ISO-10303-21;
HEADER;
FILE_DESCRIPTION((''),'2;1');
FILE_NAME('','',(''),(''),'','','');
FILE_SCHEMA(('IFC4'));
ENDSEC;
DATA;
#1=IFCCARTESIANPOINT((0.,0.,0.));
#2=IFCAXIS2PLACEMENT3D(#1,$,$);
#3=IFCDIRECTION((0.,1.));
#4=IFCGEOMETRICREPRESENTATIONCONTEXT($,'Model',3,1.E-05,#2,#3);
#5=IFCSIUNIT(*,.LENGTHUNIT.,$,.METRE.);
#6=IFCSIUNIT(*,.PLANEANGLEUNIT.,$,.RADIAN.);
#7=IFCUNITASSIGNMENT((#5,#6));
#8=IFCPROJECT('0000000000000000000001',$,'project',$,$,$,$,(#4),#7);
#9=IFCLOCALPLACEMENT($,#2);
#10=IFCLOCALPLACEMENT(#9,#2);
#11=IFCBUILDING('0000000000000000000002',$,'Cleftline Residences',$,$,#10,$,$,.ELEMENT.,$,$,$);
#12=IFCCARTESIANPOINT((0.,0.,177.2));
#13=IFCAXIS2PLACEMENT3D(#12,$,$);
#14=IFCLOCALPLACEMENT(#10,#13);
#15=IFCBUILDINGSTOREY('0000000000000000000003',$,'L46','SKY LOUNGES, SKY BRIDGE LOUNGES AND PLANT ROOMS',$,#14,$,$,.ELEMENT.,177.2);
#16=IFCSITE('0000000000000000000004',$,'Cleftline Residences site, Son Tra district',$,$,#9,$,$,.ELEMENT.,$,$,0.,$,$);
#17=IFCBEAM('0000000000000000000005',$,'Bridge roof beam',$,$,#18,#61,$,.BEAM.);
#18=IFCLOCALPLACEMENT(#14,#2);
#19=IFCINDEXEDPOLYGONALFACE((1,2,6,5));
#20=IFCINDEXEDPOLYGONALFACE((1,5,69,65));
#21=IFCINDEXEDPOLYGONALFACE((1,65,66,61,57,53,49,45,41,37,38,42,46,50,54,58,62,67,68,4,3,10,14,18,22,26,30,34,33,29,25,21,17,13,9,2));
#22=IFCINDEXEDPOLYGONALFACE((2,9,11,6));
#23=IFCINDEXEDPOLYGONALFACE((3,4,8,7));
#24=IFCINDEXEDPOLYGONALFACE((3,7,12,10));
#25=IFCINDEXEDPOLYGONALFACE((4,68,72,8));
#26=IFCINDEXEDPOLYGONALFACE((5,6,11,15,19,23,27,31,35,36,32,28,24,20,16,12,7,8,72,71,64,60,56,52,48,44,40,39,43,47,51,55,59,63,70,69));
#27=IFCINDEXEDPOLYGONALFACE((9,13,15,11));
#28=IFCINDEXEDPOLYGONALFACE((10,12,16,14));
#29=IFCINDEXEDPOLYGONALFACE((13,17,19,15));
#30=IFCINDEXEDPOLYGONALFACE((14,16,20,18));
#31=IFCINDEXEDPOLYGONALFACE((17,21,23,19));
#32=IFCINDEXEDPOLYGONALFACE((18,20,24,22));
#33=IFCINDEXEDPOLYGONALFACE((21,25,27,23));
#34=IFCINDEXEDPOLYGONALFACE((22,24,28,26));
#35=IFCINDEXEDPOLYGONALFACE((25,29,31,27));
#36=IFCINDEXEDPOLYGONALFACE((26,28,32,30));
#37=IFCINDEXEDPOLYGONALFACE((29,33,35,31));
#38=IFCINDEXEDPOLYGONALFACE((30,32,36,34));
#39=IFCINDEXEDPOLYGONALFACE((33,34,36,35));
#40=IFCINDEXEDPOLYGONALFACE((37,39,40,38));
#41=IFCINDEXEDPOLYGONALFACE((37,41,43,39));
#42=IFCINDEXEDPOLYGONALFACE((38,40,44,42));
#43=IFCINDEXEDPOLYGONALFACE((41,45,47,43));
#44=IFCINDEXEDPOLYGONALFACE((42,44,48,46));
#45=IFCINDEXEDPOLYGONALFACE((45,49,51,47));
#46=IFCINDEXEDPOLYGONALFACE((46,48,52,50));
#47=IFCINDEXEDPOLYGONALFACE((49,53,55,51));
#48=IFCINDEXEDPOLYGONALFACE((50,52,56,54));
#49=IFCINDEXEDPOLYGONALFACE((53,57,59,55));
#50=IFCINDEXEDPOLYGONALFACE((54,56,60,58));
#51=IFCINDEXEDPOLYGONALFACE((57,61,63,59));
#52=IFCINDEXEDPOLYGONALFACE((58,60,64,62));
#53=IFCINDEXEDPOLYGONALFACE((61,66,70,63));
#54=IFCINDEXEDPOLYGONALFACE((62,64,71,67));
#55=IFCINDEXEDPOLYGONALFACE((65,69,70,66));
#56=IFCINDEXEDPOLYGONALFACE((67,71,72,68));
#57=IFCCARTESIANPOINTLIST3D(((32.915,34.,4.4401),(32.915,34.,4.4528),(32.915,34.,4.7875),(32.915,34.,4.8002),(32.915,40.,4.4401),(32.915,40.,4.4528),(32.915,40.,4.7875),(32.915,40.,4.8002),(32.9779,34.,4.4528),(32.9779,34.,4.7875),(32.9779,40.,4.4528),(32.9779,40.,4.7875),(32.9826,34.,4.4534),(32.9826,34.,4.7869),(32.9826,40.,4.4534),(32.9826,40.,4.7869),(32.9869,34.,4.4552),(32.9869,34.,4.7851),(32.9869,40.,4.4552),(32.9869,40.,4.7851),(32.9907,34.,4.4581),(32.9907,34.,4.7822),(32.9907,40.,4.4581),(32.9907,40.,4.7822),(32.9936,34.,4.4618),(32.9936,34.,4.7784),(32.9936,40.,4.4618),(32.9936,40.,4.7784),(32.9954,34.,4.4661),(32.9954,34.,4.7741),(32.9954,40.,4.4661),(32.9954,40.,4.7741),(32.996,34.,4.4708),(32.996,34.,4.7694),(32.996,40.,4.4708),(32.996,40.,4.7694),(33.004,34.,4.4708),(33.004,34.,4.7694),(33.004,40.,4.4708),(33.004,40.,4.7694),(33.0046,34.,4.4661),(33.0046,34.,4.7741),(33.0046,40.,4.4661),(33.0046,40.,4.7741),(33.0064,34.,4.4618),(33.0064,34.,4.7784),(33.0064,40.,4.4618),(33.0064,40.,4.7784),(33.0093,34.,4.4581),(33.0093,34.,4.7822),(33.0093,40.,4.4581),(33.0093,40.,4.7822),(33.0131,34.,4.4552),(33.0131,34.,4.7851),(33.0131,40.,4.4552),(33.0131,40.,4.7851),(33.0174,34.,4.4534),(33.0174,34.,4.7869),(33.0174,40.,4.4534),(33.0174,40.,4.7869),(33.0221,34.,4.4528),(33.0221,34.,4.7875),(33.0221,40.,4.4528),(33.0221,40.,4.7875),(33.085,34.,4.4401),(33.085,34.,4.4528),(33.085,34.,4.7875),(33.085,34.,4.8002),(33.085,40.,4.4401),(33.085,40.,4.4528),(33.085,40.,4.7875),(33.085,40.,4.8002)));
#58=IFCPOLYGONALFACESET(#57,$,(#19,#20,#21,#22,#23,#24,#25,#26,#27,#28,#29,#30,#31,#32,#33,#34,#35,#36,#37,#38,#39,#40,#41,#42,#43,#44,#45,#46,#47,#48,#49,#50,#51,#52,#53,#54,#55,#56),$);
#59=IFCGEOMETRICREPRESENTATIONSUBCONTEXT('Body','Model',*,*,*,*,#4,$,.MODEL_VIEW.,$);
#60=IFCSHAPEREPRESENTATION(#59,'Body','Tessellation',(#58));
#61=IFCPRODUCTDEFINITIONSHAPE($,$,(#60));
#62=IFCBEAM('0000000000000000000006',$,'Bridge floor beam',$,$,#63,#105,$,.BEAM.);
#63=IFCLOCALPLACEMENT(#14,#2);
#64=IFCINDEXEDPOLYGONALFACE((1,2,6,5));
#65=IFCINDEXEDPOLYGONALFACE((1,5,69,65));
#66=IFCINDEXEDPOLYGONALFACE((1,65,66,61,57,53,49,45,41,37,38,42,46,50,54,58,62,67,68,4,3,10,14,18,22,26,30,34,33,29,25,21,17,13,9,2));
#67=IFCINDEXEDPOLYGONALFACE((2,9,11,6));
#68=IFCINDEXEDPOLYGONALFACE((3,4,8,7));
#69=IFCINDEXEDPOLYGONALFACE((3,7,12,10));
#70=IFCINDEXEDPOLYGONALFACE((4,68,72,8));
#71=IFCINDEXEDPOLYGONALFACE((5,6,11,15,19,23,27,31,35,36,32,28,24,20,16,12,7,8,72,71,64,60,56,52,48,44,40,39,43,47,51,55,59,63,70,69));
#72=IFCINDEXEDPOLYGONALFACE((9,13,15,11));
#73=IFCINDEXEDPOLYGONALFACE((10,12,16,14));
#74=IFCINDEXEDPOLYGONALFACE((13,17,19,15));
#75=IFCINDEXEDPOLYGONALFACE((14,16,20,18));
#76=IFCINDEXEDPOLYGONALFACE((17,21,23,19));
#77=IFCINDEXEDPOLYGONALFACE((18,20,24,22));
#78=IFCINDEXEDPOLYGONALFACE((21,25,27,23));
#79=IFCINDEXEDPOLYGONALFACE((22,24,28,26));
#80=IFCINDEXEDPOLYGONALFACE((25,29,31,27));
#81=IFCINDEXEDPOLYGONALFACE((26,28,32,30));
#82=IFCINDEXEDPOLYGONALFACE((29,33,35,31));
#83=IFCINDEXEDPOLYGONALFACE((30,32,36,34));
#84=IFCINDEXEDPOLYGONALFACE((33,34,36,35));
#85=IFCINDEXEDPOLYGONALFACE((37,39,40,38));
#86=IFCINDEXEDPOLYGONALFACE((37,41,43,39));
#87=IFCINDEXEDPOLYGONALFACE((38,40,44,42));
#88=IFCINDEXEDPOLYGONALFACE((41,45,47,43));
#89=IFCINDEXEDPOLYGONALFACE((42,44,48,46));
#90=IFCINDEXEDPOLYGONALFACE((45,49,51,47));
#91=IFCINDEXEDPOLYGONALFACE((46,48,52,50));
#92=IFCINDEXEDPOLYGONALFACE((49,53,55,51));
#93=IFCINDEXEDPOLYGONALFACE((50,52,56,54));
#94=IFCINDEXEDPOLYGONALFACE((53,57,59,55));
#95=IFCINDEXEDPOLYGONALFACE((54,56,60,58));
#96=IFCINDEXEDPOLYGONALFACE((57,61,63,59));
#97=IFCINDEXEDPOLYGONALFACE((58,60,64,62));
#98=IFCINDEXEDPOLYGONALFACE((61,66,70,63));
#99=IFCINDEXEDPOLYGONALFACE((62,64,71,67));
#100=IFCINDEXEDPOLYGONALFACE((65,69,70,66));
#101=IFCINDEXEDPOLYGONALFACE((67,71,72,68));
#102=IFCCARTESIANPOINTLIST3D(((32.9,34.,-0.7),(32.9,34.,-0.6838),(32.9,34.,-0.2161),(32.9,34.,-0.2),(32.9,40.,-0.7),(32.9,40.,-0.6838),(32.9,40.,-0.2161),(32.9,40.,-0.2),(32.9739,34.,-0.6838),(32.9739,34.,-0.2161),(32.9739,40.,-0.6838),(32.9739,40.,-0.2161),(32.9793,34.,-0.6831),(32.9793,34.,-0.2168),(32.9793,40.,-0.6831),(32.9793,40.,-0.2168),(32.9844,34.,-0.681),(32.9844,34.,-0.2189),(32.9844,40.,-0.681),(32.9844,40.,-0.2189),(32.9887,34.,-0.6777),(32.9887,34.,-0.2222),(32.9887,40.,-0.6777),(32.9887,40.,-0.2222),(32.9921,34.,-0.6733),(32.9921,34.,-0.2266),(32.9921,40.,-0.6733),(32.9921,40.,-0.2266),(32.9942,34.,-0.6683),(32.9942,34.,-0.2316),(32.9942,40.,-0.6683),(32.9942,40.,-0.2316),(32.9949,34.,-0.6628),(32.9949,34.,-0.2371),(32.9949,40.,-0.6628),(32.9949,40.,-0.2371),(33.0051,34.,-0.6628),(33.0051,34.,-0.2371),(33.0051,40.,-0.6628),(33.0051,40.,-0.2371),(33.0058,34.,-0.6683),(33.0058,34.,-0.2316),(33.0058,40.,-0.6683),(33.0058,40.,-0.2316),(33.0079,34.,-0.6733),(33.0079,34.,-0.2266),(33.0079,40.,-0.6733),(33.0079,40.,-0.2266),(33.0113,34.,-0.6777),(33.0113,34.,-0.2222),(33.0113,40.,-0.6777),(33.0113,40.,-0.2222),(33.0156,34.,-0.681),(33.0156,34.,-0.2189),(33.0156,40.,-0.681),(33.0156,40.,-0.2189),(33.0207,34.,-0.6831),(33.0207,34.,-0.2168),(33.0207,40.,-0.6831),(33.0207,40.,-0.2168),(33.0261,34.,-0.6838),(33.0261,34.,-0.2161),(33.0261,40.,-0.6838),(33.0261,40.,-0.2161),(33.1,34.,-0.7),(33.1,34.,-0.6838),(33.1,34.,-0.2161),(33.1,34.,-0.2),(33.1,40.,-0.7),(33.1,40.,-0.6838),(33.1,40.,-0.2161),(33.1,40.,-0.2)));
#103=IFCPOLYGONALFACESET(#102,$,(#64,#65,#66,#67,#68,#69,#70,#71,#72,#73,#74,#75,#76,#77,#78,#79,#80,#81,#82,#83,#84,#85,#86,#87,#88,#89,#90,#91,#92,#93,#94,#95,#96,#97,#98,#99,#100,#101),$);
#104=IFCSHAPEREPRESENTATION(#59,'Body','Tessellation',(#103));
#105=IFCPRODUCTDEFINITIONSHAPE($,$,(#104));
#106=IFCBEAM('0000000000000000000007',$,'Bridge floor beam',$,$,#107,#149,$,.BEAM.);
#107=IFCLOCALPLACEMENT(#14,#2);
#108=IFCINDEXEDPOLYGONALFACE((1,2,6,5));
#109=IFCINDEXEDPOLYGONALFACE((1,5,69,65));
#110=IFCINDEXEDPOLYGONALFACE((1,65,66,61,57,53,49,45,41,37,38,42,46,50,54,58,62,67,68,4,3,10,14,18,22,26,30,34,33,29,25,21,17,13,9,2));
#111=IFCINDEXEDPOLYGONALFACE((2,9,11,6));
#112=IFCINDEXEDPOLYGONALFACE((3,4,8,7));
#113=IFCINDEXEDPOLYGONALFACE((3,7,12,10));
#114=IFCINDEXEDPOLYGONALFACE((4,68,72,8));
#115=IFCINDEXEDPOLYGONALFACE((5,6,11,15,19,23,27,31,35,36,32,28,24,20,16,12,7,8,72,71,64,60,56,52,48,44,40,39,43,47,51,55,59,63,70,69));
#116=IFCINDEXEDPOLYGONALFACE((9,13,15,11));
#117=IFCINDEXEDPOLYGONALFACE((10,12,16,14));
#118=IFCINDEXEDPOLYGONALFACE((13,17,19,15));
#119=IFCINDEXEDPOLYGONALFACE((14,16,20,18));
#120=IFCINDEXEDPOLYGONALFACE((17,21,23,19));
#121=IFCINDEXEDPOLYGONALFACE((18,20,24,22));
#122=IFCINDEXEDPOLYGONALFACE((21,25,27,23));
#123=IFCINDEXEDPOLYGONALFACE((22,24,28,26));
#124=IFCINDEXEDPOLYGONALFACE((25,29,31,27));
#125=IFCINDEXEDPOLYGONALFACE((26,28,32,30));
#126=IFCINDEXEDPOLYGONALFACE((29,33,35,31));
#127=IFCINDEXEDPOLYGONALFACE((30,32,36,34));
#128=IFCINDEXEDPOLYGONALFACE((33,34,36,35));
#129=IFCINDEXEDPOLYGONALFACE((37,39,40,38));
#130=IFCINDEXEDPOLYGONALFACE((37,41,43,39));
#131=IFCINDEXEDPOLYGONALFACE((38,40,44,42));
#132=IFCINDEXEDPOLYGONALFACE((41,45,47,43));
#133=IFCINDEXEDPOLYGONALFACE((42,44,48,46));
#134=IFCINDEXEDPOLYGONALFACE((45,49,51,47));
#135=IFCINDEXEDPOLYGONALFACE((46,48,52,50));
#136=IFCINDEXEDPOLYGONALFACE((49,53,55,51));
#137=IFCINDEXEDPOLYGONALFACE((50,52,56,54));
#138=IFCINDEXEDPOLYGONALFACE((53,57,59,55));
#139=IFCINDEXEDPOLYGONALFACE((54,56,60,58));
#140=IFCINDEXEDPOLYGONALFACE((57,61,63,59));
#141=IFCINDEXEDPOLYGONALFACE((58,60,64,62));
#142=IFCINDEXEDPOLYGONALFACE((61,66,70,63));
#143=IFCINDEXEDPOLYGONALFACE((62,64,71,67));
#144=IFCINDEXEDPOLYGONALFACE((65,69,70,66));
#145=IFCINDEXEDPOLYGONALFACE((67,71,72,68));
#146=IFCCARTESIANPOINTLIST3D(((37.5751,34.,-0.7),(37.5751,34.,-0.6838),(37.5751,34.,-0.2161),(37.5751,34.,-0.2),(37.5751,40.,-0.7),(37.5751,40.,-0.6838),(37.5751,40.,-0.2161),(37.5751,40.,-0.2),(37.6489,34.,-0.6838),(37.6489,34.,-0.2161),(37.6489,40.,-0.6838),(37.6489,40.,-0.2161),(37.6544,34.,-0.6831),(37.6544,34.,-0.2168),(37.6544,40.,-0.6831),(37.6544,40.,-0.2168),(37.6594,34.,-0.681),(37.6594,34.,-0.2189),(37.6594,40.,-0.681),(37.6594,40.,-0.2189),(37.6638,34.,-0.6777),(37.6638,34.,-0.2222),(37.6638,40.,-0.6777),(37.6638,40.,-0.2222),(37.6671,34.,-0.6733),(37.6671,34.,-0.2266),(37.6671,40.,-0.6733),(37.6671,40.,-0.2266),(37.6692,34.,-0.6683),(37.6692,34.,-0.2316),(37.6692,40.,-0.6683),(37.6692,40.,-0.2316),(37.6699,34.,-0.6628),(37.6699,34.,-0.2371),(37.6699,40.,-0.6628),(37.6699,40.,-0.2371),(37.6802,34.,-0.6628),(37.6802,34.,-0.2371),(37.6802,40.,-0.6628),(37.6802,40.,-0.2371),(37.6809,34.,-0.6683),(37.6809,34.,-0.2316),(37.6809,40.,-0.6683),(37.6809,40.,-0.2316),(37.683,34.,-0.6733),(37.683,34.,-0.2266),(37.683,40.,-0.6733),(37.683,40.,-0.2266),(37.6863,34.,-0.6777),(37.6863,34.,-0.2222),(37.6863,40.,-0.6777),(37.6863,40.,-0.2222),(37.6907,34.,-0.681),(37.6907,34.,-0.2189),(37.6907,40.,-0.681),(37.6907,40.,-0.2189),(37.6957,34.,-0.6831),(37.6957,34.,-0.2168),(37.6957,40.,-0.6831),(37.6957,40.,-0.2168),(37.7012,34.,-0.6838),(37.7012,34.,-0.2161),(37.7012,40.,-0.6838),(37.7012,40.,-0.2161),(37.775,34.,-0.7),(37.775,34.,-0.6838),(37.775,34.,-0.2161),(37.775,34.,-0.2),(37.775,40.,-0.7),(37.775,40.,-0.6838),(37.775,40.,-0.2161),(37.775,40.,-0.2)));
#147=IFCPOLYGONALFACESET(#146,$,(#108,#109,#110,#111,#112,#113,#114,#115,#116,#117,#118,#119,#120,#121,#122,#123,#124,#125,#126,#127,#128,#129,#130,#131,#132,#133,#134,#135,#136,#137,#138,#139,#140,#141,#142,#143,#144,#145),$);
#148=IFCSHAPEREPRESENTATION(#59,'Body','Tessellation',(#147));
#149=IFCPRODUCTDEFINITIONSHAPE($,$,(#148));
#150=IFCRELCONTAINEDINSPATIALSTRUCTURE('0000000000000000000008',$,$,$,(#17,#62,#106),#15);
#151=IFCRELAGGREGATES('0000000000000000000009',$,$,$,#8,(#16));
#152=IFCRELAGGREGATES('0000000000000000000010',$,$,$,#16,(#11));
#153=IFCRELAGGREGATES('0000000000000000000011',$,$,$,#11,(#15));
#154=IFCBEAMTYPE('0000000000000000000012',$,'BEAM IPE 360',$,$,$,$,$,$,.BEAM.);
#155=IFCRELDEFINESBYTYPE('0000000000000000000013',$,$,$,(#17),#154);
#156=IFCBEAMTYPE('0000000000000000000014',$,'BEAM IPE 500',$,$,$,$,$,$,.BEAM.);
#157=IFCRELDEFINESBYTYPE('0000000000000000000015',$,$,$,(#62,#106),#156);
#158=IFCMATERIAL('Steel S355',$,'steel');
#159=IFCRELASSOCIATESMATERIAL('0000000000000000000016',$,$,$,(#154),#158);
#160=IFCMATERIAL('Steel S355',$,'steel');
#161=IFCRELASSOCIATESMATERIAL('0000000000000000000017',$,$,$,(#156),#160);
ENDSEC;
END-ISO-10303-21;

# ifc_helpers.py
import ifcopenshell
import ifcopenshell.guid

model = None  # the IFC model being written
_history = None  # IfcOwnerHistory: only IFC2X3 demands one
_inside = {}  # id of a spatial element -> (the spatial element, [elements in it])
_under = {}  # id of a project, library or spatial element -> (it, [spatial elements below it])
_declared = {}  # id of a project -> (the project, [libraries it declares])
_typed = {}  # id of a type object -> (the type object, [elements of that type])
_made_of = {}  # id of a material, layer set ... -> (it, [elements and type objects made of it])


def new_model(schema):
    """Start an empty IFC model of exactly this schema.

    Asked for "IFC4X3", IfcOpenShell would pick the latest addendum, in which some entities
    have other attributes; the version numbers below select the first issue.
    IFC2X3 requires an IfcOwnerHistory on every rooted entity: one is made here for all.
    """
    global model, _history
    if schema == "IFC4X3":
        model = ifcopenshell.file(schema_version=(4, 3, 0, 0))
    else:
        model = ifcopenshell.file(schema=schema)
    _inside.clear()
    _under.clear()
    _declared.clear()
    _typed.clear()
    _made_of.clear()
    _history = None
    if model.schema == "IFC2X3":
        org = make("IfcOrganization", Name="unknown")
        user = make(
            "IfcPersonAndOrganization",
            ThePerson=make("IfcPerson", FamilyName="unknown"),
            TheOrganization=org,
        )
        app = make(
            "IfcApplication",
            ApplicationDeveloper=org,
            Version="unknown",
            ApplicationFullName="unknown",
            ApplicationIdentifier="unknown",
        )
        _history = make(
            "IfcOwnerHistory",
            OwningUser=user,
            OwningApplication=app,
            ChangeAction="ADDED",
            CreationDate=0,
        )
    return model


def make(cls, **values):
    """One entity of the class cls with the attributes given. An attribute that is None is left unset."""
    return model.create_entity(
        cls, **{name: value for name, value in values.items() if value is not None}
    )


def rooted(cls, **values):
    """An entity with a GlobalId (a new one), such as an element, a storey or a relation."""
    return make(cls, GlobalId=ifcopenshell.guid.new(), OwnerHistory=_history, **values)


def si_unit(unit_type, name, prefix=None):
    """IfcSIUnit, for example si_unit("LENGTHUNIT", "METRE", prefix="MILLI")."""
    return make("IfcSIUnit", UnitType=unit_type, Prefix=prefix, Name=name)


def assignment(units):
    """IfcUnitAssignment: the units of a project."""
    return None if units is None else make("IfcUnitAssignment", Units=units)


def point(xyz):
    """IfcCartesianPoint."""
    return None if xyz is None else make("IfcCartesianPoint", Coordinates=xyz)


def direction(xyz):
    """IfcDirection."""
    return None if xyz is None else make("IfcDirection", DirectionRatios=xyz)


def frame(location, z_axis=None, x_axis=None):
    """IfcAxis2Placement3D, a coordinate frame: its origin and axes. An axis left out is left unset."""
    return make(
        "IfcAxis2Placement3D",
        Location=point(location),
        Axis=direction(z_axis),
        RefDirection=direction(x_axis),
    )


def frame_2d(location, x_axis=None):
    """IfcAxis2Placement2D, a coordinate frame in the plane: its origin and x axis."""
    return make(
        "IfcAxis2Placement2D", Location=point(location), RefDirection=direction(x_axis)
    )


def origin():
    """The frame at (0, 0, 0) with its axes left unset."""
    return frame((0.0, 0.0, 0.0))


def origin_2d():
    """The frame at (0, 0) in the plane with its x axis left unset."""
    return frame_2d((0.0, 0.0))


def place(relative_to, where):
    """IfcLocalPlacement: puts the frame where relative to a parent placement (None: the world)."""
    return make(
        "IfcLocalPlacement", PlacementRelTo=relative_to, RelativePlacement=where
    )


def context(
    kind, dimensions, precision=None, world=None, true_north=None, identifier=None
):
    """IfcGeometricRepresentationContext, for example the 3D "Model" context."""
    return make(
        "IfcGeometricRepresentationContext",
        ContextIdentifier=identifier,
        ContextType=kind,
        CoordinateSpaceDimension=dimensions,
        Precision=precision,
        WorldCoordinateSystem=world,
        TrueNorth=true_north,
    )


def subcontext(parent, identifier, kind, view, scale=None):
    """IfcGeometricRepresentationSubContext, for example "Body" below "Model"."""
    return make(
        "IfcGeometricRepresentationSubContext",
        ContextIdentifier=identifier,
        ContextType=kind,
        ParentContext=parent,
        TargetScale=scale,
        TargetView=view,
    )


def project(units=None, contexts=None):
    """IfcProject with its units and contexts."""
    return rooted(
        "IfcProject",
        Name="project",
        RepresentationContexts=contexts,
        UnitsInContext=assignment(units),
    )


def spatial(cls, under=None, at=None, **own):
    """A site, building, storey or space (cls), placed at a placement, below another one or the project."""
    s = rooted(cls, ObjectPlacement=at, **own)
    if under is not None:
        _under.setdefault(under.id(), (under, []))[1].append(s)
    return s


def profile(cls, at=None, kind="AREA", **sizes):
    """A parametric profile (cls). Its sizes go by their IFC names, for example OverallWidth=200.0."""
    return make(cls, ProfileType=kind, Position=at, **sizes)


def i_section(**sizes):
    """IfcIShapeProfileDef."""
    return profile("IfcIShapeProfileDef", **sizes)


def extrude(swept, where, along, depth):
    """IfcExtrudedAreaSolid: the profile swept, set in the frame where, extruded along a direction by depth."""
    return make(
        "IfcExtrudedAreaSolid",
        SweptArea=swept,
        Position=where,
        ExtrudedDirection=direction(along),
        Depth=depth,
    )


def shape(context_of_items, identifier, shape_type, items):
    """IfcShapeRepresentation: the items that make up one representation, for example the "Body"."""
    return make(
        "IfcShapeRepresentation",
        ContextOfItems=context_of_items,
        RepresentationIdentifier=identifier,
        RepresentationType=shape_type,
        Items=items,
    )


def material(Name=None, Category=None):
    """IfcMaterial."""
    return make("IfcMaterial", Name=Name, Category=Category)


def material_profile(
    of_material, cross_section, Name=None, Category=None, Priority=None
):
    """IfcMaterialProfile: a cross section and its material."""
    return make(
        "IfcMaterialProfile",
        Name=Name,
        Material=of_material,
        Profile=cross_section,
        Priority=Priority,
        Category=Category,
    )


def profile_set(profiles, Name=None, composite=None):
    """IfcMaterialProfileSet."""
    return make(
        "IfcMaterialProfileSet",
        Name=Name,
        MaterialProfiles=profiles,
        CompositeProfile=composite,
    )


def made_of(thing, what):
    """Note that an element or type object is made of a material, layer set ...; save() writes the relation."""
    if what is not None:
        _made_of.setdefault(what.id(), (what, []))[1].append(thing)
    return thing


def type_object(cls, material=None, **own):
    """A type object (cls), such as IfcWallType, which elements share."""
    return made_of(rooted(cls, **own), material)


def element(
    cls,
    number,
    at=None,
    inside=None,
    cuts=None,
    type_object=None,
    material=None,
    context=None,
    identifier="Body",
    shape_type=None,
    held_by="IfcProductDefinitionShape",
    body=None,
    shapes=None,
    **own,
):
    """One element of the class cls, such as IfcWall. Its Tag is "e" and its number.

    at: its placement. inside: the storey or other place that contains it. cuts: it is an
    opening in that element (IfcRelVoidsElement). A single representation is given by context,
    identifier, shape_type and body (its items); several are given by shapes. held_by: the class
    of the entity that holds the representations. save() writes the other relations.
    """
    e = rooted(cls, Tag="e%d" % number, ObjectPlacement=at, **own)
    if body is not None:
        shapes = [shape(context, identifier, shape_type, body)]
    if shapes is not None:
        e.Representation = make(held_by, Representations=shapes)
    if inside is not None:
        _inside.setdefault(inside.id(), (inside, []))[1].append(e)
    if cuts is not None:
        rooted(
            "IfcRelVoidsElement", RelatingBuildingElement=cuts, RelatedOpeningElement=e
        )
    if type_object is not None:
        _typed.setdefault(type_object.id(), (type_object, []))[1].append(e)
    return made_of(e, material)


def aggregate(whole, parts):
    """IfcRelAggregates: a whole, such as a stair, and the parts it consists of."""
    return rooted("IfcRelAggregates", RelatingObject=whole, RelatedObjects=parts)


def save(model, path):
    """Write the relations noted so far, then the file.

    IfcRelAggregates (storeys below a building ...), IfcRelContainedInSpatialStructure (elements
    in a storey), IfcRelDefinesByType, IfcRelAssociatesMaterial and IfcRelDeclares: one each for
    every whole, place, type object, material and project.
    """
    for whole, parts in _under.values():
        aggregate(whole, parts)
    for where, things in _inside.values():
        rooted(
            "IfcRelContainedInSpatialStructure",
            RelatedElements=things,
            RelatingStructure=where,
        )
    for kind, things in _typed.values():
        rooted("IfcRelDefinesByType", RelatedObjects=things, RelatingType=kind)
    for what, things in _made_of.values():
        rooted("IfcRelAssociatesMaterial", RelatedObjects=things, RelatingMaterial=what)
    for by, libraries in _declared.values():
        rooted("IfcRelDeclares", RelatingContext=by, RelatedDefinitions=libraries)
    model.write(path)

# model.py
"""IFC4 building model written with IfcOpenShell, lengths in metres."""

from ifc_helpers import new_model, si_unit, direction, frame, origin, origin_2d, place, context, subcontext, project, spatial, i_section, extrude, material, material_profile, profile_set, type_object, element, save


model = new_model("IFC4")

# Units and contexts
model_context = context("Model", 3, precision=1e-05, world=origin(), true_north=direction((0.0, 1.0)))
body_context = subcontext(model_context, "Body", "Model", "MODEL_VIEW")
ifc_project = project(units=[si_unit("LENGTHUNIT", "METRE"), si_unit("PLANEANGLEUNIT", "RADIAN")], contexts=[model_context])

# Site, building, storey
site_placement = place(None, origin())
site = spatial("IfcSite", under=ifc_project, at=site_placement, Name="Cleftline Residences site, Son Tra district", CompositionType="ELEMENT", RefElevation=0.0)
building_placement = place(site_placement, origin())
building = spatial("IfcBuilding", under=site, at=building_placement, Name="Cleftline Residences", CompositionType="ELEMENT")
storey_placement = place(building_placement, frame((0.0, 0.0, 177.2)))
storey = spatial("IfcBuildingStorey", under=building, at=storey_placement, Name="L46", Description="SKY LOUNGES, SKY BRIDGE LOUNGES AND PLANT ROOMS", CompositionType="ELEMENT", Elevation=177.2)

# Beams
ifc_material_1 = material(Name="Steel S355", Category="steel")
ifc_material_profile_1 = material_profile(ifc_material_1, i_section(OverallWidth=0.1699, OverallDepth=0.3601, WebThickness=0.0081, FlangeThickness=0.0127, FilletRadius=0.0181, at=origin_2d()))
ifc_profile_set_1 = profile_set([ifc_material_profile_1], Name="Steel S355")
beam_type_1 = type_object("IfcBeamType", Name="BEAM IPE 360", PredefinedType="BEAM", material=ifc_profile_set_1)
beam_placement = place(storey_placement, frame((33.0, 40.0, 4.6201), z_axis=(0.0, -1.0, 0.0), x_axis=(1.0, 0.0, 0.0)))
element("IfcBeam", 1, at=beam_placement, inside=storey, type_object=beam_type_1, Name="Bridge roof beam", PredefinedType="BEAM", context=body_context, shape_type="SweptSolid", body=[
    extrude(i_section(OverallWidth=0.1699, OverallDepth=0.3601, WebThickness=0.0081, FlangeThickness=0.0127, FilletRadius=0.0181, at=origin_2d()), origin(), (0.0, 0.0, 1.0), 6.0),
])
ifc_material_2 = material(Name="Steel S355", Category="steel")
ifc_material_profile_2 = material_profile(ifc_material_2, i_section(OverallWidth=0.2, OverallDepth=0.5, WebThickness=0.0103, FlangeThickness=0.0161, FilletRadius=0.021, at=origin_2d()))
ifc_profile_set_2 = profile_set([ifc_material_profile_2], Name="Steel S355")
beam_type_2 = type_object("IfcBeamType", Name="BEAM IPE 500", PredefinedType="BEAM", material=ifc_profile_set_2)
for number, where, z_axis, x_axis, name in (
    (2, (33.0, 40.0, -0.45), (0.0, -1.0, 0.0), (1.0, 0.0, 0.0), "Bridge floor beam"),
    (3, (37.675, 40.0, -0.45), (0.0, -1.0, 0.0), (1.0, 0.0, 0.0), "Bridge floor beam"),
):
    element("IfcBeam", number, at=place(storey_placement, frame(where, z_axis=z_axis, x_axis=x_axis)), inside=storey, type_object=beam_type_2, Name=name, PredefinedType="BEAM", context=body_context, shape_type="SweptSolid", body=[
        extrude(i_section(OverallWidth=0.2, OverallDepth=0.5, WebThickness=0.0103, FlangeThickness=0.0161, FilletRadius=0.021, at=origin_2d()), origin(), (0.0, 0.0, 1.0), 6.0),
    ])

save(model, "model.ifc")
